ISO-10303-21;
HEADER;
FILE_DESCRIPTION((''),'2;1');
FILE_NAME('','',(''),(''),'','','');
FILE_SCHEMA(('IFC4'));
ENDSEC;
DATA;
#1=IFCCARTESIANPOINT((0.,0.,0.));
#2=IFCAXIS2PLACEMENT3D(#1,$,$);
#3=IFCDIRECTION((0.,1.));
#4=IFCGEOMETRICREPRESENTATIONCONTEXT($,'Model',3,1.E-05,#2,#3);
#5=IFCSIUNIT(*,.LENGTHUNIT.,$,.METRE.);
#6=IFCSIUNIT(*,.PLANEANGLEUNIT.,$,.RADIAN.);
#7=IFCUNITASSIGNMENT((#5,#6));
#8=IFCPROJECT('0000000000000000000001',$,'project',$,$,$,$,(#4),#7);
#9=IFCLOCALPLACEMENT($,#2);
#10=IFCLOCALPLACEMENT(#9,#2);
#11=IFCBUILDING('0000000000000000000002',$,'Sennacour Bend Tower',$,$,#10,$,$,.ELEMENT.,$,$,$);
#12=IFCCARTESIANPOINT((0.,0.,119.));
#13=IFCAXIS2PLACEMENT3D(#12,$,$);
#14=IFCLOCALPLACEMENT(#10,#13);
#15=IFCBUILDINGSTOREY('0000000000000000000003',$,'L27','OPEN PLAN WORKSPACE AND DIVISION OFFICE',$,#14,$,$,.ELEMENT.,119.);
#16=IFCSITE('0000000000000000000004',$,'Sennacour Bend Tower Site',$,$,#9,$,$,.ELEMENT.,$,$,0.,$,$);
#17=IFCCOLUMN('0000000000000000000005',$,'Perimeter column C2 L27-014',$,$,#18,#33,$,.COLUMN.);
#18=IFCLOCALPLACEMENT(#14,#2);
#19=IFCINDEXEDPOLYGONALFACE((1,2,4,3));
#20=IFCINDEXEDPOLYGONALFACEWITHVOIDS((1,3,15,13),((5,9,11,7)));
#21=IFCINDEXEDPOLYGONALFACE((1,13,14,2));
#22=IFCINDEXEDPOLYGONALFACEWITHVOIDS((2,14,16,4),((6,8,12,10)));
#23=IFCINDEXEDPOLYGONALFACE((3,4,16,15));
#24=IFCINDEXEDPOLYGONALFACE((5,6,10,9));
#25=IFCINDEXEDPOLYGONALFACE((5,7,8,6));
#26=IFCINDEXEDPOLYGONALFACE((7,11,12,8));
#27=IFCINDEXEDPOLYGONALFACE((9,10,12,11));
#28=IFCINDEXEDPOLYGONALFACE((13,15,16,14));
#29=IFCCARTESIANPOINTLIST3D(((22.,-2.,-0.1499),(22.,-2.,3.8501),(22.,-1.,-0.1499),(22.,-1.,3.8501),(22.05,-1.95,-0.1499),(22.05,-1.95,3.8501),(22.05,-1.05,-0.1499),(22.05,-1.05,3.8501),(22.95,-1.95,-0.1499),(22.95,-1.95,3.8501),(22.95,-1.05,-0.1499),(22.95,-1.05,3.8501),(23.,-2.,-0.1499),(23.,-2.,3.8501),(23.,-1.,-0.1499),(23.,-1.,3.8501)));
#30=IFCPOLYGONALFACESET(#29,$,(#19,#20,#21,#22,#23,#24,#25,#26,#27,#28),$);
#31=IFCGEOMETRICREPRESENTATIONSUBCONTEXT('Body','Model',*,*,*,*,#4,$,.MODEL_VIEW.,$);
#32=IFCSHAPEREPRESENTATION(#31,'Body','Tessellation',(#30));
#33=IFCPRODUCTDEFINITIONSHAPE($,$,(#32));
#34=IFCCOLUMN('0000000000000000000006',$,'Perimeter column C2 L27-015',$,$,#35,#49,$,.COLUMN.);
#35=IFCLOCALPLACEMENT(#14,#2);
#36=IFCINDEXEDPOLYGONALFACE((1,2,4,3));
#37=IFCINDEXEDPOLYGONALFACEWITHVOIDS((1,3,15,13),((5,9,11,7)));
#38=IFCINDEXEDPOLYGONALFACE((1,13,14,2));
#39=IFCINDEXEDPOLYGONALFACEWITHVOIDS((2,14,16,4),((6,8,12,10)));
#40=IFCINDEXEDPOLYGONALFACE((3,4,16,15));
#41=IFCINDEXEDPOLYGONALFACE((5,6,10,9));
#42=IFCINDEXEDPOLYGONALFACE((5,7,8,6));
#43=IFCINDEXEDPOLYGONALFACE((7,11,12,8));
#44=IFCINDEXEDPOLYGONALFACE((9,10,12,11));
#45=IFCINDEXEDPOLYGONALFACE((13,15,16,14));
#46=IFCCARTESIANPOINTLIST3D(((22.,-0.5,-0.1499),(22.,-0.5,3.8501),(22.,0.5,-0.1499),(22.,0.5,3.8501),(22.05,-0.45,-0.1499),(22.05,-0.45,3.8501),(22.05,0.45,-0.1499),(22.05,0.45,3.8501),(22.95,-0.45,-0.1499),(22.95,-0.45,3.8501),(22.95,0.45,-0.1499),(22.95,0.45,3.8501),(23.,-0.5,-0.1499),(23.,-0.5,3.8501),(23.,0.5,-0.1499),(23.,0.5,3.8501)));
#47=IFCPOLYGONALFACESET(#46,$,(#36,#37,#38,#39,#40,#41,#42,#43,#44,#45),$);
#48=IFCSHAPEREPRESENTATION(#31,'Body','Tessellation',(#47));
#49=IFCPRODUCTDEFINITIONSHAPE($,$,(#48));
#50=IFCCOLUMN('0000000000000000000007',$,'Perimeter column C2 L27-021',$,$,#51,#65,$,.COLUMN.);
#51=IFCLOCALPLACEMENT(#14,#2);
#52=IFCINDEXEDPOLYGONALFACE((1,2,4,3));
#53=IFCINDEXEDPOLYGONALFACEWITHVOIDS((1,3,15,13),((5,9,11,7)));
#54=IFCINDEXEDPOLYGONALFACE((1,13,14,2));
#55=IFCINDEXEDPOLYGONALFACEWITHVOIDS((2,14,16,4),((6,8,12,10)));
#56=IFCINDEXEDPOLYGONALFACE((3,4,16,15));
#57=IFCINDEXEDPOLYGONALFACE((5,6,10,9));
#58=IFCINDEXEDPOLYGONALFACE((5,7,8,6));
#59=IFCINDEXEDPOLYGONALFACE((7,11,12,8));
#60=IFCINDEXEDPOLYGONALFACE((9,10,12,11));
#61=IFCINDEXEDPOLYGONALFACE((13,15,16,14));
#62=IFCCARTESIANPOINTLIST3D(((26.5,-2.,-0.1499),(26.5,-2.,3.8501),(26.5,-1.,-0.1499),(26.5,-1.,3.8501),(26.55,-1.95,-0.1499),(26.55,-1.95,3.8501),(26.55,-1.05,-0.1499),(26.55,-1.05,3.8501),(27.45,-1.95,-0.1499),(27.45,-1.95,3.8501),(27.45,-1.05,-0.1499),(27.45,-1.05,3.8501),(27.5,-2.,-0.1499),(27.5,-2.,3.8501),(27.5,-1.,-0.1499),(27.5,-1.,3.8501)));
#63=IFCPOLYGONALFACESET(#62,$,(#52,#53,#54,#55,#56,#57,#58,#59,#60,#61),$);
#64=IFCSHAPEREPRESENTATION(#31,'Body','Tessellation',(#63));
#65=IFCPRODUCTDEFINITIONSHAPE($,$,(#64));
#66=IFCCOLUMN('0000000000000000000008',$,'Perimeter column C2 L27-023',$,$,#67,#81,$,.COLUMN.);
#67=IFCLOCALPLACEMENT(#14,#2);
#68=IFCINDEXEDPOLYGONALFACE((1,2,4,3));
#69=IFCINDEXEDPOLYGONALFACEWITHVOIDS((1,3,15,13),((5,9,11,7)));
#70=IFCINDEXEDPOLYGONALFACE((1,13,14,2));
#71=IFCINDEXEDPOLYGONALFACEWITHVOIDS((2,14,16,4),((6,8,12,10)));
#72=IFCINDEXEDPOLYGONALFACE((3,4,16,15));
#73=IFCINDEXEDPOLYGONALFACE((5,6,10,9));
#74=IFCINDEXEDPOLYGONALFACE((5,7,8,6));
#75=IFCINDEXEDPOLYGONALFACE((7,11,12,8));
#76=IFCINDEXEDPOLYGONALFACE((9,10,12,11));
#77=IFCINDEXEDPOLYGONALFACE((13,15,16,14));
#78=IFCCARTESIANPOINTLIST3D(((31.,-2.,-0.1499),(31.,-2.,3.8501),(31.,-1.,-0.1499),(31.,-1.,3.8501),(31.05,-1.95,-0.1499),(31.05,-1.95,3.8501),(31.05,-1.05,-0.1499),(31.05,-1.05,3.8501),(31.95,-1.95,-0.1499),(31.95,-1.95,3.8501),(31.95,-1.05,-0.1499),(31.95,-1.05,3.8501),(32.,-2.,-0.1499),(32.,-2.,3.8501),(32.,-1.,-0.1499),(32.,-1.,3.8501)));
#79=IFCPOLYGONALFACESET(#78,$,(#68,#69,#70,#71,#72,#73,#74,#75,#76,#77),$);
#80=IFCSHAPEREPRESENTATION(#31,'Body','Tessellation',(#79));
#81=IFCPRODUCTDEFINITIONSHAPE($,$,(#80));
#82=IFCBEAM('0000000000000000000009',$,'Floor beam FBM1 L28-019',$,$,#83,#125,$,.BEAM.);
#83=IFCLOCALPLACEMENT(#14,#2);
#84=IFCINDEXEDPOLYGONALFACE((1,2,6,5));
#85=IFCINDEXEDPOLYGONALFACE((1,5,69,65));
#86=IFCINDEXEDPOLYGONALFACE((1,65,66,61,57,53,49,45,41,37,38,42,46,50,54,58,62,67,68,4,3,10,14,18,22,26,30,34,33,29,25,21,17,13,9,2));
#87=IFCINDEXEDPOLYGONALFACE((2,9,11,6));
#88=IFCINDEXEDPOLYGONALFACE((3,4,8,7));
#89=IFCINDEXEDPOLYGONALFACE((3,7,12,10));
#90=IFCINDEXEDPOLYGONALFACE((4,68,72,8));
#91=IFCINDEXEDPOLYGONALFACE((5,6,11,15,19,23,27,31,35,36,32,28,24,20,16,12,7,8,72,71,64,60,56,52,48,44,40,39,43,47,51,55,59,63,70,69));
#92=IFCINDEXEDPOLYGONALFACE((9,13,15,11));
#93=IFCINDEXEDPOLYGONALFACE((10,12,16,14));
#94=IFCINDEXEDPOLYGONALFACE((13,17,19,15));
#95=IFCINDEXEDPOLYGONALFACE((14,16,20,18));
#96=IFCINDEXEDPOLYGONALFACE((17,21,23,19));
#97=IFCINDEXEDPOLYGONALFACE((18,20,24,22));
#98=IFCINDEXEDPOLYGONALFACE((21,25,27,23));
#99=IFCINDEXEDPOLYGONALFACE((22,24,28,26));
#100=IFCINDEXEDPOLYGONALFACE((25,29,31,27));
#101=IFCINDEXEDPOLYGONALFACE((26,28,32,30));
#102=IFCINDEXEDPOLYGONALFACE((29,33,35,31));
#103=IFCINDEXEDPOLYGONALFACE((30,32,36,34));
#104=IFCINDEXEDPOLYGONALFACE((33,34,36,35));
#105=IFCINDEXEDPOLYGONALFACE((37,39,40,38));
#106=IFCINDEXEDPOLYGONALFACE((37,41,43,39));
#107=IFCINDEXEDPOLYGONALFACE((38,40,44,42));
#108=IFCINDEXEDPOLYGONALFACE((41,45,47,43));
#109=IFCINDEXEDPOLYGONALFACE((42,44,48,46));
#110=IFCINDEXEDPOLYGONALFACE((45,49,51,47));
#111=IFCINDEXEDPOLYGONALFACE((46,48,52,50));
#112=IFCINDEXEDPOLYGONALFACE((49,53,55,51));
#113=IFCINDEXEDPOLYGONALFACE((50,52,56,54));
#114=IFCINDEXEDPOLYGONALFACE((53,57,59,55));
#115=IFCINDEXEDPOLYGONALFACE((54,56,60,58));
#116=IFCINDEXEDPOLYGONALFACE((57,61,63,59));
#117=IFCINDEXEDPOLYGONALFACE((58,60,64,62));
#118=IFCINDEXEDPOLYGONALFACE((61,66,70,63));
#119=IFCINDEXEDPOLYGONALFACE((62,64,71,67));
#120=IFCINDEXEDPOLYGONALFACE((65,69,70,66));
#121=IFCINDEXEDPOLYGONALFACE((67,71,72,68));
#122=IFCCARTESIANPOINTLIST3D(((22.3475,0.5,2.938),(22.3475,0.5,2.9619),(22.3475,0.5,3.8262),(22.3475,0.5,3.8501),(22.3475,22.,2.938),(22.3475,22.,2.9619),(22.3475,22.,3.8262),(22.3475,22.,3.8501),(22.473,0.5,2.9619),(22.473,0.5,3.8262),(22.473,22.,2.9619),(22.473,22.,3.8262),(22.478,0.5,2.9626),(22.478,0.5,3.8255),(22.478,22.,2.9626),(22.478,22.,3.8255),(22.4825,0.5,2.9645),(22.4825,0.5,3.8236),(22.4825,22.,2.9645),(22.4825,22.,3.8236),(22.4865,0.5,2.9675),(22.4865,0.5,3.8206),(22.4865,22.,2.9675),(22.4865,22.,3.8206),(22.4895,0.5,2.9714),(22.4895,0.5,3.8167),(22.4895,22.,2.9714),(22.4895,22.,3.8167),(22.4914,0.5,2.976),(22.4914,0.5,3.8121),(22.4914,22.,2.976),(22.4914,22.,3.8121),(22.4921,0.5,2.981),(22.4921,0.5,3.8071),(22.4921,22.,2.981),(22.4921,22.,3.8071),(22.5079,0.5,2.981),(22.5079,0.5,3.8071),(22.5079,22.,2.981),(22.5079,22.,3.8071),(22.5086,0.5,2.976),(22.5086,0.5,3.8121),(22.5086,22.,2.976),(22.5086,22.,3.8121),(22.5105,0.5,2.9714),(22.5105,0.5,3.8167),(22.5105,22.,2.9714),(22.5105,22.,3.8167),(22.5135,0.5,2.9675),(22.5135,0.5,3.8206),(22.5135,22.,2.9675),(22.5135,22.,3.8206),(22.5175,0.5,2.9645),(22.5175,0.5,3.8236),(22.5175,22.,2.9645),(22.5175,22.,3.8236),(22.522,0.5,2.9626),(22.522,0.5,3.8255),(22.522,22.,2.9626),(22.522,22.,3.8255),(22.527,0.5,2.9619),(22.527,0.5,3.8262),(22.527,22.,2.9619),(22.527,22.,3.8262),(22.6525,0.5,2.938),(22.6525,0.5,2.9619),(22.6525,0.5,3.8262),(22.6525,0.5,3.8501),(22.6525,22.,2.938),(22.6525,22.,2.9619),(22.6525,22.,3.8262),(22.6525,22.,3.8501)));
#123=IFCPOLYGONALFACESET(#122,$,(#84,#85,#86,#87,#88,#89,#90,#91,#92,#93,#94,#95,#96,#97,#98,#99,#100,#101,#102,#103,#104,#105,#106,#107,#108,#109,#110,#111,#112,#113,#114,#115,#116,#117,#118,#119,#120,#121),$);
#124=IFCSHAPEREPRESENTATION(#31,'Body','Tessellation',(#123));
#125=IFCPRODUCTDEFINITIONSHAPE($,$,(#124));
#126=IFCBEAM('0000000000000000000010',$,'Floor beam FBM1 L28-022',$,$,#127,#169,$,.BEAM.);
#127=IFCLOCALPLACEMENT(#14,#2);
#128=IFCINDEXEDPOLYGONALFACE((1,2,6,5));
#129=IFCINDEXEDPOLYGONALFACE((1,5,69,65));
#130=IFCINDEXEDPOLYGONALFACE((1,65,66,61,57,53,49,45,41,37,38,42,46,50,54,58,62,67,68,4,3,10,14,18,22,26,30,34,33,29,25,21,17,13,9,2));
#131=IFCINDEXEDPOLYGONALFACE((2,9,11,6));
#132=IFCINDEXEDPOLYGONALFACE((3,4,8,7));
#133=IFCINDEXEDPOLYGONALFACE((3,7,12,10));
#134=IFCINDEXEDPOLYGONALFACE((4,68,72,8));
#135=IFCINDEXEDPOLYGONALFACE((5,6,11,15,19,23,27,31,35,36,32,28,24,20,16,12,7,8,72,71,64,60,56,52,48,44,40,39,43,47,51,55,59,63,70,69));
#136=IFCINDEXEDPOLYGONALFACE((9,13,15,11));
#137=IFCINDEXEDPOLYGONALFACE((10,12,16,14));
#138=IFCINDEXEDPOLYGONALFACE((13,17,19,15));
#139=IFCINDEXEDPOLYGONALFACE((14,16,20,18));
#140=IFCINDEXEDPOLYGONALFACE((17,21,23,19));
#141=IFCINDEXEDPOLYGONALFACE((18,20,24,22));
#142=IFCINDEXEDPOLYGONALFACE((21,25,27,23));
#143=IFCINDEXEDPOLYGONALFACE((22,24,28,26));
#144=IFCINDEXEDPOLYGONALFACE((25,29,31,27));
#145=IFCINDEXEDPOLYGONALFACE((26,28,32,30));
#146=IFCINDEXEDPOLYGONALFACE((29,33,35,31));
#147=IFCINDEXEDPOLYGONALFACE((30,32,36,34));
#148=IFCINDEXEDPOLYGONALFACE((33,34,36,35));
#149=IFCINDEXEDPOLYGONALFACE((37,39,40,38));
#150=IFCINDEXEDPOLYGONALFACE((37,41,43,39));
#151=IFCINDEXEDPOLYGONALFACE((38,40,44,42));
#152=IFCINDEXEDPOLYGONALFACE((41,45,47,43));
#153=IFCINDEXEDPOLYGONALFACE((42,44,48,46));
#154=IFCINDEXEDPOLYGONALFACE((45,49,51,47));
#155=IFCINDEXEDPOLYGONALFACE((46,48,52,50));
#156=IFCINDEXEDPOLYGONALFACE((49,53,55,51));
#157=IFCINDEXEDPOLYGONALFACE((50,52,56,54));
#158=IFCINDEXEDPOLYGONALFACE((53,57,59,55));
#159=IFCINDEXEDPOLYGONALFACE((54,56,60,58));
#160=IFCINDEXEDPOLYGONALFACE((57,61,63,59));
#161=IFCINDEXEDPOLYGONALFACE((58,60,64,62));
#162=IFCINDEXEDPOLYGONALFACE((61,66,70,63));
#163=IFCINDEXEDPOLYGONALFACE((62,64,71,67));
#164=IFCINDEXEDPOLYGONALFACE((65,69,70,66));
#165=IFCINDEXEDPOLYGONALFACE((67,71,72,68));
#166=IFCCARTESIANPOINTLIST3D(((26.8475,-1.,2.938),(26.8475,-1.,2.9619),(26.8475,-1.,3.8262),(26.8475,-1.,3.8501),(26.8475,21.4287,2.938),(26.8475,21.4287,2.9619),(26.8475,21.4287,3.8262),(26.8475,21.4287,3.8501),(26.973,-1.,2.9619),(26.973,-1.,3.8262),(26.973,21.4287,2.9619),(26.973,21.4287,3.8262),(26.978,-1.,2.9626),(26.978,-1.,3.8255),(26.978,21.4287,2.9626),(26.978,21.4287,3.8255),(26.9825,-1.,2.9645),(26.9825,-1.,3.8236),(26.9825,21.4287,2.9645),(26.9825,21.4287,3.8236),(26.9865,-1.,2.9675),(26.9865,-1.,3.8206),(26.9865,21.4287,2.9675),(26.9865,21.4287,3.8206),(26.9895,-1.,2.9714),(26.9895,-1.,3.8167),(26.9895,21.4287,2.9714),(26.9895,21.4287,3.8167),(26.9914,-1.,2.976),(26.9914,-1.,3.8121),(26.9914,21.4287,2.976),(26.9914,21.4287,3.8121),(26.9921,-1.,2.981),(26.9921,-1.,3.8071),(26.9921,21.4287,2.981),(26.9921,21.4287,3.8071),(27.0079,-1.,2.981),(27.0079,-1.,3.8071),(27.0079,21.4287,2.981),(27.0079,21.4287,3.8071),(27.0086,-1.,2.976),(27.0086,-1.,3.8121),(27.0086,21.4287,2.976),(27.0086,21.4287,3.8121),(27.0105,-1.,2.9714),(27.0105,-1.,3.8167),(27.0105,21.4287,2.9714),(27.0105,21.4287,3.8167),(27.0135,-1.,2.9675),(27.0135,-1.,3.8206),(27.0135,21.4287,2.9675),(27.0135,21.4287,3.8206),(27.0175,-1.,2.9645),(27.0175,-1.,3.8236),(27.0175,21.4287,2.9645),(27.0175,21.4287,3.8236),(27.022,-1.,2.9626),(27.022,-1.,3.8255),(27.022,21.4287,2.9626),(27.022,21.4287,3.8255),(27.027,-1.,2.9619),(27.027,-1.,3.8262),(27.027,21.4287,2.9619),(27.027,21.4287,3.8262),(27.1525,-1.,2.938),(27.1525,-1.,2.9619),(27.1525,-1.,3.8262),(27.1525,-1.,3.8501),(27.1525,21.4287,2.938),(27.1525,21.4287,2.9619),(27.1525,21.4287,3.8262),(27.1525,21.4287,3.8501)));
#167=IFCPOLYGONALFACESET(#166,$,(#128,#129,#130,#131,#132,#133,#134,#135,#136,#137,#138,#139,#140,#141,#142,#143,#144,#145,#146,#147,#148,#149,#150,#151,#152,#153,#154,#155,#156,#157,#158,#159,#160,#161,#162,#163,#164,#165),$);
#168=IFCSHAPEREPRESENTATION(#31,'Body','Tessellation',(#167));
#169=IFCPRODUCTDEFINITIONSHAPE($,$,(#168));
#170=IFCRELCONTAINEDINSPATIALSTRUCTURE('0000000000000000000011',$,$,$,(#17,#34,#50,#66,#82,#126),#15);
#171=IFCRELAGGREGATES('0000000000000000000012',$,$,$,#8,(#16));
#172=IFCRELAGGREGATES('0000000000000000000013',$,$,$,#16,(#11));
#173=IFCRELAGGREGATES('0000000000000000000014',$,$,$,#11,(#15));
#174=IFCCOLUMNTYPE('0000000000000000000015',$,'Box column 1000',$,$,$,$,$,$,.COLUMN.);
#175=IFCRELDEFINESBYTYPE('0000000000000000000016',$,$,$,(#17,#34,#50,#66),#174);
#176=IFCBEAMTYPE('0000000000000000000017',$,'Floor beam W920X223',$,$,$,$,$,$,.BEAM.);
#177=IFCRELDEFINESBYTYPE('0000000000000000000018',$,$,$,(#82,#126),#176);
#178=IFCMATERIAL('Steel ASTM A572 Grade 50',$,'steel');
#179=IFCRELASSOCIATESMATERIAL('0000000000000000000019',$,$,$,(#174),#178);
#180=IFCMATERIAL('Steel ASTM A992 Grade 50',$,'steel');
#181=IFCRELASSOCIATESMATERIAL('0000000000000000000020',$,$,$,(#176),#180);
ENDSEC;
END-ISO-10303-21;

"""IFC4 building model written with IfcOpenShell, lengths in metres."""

from ifc_helpers import new_model, si_unit, direction, frame, origin, origin_2d, place, context, subcontext, project, spatial, hollow_rectangle, i_section, extrude, material, material_profile, profile_set, type_object, element, save


model = new_model("IFC4")

# Units and contexts
model_context = context("Model", 3, precision=1e-05, world=origin(), true_north=direction((0.0, 1.0)))
body_context = subcontext(model_context, "Body", "Model", "MODEL_VIEW")
ifc_project = project(units=[si_unit("LENGTHUNIT", "METRE"), si_unit("PLANEANGLEUNIT", "RADIAN")], contexts=[model_context])

# Site, building, storey
site_placement = place(None, origin())
site = spatial("IfcSite", under=ifc_project, at=site_placement, Name="Sennacour Bend Tower Site", CompositionType="ELEMENT", RefElevation=0.0)
building_placement = place(site_placement, origin())
building = spatial("IfcBuilding", under=site, at=building_placement, Name="Sennacour Bend Tower", CompositionType="ELEMENT")
storey_placement = place(building_placement, frame((0.0, 0.0, 119.0)))
storey = spatial("IfcBuildingStorey", under=building, at=storey_placement, Name="L27", Description="OPEN PLAN WORKSPACE AND DIVISION OFFICE", CompositionType="ELEMENT", Elevation=119.0)

# Columns
ifc_material_1 = material(Name="Steel ASTM A572 Grade 50", Category="steel")
ifc_material_profile_1 = material_profile(ifc_material_1, hollow_rectangle(XDim=1.0, YDim=1.0, WallThickness=0.05, at=origin_2d()), Name="Steel ASTM A572 Grade 50", Category="steel")
ifc_profile_set_1 = profile_set([ifc_material_profile_1], Name="Steel ASTM A572 Grade 50")
column_type = type_object("IfcColumnType", Name="Box column 1000", PredefinedType="COLUMN", material=ifc_profile_set_1)
for number, where, z_axis, x_axis, name in (
    (1, (22.5, -1.5, -0.1499), (0.0, 0.0, 1.0), (1.0, 0.0, 0.0), "Perimeter column C2 L27-014"),
    (2, (22.5, 0.0, -0.1499), (0.0, 0.0, 1.0), (1.0, 0.0, 0.0), "Perimeter column C2 L27-015"),
    (3, (27.0, -1.5, -0.1499), (0.0, 0.0, 1.0), (1.0, 0.0, 0.0), "Perimeter column C2 L27-021"),
    (4, (31.5, -1.5, -0.1499), (0.0, 0.0, 1.0), (1.0, 0.0, 0.0), "Perimeter column C2 L27-023"),
):
    element("IfcColumn", number, at=place(storey_placement, frame(where, z_axis=z_axis, x_axis=x_axis)), inside=storey, type_object=column_type, Name=name, PredefinedType="COLUMN", context=body_context, shape_type="SweptSolid", body=[
        extrude(hollow_rectangle(XDim=1.0, YDim=1.0, WallThickness=0.05, at=origin_2d()), origin(), (0.0, 0.0, 1.0), 4.0),
    ])

# Beams
ifc_material_2 = material(Name="Steel ASTM A992 Grade 50", Category="steel")
ifc_material_profile_2 = material_profile(ifc_material_2, i_section(OverallWidth=0.3049, OverallDepth=0.9121, WebThickness=0.0159, FlangeThickness=0.0239, FilletRadius=0.019, at=origin_2d()), Name="Steel ASTM A992 Grade 50", Category="steel")
ifc_profile_set_2 = profile_set([ifc_material_profile_2], Name="Steel ASTM A992 Grade 50")
beam_type_1 = type_object("IfcBeamType", Name="Floor beam W920X223", PredefinedType="BEAM", material=ifc_profile_set_2)
beam_1_placement = place(storey_placement, frame((22.5, 0.5, 3.394), z_axis=(0.0, 1.0, 0.0), x_axis=(-1.0, 0.0, 0.0)))
element("IfcBeam", 5, at=beam_1_placement, inside=storey, type_object=beam_type_1, Name="Floor beam FBM1 L28-019", PredefinedType="BEAM", context=body_context, shape_type="SweptSolid", body=[
    extrude(i_section(OverallWidth=0.3049, OverallDepth=0.9121, WebThickness=0.0159, FlangeThickness=0.0239, FilletRadius=0.019, at=origin_2d()), origin(), (0.0, 0.0, 1.0), 21.5),
])
beam_2_placement = place(storey_placement, frame((27.0, -1.0, 3.394), z_axis=(0.0, 1.0, 0.0), x_axis=(-1.0, 0.0, 0.0)))
element("IfcBeam", 6, at=beam_2_placement, inside=storey, type_object=beam_type_1, Name="Floor beam FBM1 L28-022", PredefinedType="BEAM", context=body_context, shape_type="SweptSolid", body=[
    extrude(i_section(OverallWidth=0.3049, OverallDepth=0.9121, WebThickness=0.0159, FlangeThickness=0.0239, FilletRadius=0.019, at=origin_2d()), origin(), (0.0, 0.0, 1.0), 22.4287),
])

save(model, "model.ifc")
